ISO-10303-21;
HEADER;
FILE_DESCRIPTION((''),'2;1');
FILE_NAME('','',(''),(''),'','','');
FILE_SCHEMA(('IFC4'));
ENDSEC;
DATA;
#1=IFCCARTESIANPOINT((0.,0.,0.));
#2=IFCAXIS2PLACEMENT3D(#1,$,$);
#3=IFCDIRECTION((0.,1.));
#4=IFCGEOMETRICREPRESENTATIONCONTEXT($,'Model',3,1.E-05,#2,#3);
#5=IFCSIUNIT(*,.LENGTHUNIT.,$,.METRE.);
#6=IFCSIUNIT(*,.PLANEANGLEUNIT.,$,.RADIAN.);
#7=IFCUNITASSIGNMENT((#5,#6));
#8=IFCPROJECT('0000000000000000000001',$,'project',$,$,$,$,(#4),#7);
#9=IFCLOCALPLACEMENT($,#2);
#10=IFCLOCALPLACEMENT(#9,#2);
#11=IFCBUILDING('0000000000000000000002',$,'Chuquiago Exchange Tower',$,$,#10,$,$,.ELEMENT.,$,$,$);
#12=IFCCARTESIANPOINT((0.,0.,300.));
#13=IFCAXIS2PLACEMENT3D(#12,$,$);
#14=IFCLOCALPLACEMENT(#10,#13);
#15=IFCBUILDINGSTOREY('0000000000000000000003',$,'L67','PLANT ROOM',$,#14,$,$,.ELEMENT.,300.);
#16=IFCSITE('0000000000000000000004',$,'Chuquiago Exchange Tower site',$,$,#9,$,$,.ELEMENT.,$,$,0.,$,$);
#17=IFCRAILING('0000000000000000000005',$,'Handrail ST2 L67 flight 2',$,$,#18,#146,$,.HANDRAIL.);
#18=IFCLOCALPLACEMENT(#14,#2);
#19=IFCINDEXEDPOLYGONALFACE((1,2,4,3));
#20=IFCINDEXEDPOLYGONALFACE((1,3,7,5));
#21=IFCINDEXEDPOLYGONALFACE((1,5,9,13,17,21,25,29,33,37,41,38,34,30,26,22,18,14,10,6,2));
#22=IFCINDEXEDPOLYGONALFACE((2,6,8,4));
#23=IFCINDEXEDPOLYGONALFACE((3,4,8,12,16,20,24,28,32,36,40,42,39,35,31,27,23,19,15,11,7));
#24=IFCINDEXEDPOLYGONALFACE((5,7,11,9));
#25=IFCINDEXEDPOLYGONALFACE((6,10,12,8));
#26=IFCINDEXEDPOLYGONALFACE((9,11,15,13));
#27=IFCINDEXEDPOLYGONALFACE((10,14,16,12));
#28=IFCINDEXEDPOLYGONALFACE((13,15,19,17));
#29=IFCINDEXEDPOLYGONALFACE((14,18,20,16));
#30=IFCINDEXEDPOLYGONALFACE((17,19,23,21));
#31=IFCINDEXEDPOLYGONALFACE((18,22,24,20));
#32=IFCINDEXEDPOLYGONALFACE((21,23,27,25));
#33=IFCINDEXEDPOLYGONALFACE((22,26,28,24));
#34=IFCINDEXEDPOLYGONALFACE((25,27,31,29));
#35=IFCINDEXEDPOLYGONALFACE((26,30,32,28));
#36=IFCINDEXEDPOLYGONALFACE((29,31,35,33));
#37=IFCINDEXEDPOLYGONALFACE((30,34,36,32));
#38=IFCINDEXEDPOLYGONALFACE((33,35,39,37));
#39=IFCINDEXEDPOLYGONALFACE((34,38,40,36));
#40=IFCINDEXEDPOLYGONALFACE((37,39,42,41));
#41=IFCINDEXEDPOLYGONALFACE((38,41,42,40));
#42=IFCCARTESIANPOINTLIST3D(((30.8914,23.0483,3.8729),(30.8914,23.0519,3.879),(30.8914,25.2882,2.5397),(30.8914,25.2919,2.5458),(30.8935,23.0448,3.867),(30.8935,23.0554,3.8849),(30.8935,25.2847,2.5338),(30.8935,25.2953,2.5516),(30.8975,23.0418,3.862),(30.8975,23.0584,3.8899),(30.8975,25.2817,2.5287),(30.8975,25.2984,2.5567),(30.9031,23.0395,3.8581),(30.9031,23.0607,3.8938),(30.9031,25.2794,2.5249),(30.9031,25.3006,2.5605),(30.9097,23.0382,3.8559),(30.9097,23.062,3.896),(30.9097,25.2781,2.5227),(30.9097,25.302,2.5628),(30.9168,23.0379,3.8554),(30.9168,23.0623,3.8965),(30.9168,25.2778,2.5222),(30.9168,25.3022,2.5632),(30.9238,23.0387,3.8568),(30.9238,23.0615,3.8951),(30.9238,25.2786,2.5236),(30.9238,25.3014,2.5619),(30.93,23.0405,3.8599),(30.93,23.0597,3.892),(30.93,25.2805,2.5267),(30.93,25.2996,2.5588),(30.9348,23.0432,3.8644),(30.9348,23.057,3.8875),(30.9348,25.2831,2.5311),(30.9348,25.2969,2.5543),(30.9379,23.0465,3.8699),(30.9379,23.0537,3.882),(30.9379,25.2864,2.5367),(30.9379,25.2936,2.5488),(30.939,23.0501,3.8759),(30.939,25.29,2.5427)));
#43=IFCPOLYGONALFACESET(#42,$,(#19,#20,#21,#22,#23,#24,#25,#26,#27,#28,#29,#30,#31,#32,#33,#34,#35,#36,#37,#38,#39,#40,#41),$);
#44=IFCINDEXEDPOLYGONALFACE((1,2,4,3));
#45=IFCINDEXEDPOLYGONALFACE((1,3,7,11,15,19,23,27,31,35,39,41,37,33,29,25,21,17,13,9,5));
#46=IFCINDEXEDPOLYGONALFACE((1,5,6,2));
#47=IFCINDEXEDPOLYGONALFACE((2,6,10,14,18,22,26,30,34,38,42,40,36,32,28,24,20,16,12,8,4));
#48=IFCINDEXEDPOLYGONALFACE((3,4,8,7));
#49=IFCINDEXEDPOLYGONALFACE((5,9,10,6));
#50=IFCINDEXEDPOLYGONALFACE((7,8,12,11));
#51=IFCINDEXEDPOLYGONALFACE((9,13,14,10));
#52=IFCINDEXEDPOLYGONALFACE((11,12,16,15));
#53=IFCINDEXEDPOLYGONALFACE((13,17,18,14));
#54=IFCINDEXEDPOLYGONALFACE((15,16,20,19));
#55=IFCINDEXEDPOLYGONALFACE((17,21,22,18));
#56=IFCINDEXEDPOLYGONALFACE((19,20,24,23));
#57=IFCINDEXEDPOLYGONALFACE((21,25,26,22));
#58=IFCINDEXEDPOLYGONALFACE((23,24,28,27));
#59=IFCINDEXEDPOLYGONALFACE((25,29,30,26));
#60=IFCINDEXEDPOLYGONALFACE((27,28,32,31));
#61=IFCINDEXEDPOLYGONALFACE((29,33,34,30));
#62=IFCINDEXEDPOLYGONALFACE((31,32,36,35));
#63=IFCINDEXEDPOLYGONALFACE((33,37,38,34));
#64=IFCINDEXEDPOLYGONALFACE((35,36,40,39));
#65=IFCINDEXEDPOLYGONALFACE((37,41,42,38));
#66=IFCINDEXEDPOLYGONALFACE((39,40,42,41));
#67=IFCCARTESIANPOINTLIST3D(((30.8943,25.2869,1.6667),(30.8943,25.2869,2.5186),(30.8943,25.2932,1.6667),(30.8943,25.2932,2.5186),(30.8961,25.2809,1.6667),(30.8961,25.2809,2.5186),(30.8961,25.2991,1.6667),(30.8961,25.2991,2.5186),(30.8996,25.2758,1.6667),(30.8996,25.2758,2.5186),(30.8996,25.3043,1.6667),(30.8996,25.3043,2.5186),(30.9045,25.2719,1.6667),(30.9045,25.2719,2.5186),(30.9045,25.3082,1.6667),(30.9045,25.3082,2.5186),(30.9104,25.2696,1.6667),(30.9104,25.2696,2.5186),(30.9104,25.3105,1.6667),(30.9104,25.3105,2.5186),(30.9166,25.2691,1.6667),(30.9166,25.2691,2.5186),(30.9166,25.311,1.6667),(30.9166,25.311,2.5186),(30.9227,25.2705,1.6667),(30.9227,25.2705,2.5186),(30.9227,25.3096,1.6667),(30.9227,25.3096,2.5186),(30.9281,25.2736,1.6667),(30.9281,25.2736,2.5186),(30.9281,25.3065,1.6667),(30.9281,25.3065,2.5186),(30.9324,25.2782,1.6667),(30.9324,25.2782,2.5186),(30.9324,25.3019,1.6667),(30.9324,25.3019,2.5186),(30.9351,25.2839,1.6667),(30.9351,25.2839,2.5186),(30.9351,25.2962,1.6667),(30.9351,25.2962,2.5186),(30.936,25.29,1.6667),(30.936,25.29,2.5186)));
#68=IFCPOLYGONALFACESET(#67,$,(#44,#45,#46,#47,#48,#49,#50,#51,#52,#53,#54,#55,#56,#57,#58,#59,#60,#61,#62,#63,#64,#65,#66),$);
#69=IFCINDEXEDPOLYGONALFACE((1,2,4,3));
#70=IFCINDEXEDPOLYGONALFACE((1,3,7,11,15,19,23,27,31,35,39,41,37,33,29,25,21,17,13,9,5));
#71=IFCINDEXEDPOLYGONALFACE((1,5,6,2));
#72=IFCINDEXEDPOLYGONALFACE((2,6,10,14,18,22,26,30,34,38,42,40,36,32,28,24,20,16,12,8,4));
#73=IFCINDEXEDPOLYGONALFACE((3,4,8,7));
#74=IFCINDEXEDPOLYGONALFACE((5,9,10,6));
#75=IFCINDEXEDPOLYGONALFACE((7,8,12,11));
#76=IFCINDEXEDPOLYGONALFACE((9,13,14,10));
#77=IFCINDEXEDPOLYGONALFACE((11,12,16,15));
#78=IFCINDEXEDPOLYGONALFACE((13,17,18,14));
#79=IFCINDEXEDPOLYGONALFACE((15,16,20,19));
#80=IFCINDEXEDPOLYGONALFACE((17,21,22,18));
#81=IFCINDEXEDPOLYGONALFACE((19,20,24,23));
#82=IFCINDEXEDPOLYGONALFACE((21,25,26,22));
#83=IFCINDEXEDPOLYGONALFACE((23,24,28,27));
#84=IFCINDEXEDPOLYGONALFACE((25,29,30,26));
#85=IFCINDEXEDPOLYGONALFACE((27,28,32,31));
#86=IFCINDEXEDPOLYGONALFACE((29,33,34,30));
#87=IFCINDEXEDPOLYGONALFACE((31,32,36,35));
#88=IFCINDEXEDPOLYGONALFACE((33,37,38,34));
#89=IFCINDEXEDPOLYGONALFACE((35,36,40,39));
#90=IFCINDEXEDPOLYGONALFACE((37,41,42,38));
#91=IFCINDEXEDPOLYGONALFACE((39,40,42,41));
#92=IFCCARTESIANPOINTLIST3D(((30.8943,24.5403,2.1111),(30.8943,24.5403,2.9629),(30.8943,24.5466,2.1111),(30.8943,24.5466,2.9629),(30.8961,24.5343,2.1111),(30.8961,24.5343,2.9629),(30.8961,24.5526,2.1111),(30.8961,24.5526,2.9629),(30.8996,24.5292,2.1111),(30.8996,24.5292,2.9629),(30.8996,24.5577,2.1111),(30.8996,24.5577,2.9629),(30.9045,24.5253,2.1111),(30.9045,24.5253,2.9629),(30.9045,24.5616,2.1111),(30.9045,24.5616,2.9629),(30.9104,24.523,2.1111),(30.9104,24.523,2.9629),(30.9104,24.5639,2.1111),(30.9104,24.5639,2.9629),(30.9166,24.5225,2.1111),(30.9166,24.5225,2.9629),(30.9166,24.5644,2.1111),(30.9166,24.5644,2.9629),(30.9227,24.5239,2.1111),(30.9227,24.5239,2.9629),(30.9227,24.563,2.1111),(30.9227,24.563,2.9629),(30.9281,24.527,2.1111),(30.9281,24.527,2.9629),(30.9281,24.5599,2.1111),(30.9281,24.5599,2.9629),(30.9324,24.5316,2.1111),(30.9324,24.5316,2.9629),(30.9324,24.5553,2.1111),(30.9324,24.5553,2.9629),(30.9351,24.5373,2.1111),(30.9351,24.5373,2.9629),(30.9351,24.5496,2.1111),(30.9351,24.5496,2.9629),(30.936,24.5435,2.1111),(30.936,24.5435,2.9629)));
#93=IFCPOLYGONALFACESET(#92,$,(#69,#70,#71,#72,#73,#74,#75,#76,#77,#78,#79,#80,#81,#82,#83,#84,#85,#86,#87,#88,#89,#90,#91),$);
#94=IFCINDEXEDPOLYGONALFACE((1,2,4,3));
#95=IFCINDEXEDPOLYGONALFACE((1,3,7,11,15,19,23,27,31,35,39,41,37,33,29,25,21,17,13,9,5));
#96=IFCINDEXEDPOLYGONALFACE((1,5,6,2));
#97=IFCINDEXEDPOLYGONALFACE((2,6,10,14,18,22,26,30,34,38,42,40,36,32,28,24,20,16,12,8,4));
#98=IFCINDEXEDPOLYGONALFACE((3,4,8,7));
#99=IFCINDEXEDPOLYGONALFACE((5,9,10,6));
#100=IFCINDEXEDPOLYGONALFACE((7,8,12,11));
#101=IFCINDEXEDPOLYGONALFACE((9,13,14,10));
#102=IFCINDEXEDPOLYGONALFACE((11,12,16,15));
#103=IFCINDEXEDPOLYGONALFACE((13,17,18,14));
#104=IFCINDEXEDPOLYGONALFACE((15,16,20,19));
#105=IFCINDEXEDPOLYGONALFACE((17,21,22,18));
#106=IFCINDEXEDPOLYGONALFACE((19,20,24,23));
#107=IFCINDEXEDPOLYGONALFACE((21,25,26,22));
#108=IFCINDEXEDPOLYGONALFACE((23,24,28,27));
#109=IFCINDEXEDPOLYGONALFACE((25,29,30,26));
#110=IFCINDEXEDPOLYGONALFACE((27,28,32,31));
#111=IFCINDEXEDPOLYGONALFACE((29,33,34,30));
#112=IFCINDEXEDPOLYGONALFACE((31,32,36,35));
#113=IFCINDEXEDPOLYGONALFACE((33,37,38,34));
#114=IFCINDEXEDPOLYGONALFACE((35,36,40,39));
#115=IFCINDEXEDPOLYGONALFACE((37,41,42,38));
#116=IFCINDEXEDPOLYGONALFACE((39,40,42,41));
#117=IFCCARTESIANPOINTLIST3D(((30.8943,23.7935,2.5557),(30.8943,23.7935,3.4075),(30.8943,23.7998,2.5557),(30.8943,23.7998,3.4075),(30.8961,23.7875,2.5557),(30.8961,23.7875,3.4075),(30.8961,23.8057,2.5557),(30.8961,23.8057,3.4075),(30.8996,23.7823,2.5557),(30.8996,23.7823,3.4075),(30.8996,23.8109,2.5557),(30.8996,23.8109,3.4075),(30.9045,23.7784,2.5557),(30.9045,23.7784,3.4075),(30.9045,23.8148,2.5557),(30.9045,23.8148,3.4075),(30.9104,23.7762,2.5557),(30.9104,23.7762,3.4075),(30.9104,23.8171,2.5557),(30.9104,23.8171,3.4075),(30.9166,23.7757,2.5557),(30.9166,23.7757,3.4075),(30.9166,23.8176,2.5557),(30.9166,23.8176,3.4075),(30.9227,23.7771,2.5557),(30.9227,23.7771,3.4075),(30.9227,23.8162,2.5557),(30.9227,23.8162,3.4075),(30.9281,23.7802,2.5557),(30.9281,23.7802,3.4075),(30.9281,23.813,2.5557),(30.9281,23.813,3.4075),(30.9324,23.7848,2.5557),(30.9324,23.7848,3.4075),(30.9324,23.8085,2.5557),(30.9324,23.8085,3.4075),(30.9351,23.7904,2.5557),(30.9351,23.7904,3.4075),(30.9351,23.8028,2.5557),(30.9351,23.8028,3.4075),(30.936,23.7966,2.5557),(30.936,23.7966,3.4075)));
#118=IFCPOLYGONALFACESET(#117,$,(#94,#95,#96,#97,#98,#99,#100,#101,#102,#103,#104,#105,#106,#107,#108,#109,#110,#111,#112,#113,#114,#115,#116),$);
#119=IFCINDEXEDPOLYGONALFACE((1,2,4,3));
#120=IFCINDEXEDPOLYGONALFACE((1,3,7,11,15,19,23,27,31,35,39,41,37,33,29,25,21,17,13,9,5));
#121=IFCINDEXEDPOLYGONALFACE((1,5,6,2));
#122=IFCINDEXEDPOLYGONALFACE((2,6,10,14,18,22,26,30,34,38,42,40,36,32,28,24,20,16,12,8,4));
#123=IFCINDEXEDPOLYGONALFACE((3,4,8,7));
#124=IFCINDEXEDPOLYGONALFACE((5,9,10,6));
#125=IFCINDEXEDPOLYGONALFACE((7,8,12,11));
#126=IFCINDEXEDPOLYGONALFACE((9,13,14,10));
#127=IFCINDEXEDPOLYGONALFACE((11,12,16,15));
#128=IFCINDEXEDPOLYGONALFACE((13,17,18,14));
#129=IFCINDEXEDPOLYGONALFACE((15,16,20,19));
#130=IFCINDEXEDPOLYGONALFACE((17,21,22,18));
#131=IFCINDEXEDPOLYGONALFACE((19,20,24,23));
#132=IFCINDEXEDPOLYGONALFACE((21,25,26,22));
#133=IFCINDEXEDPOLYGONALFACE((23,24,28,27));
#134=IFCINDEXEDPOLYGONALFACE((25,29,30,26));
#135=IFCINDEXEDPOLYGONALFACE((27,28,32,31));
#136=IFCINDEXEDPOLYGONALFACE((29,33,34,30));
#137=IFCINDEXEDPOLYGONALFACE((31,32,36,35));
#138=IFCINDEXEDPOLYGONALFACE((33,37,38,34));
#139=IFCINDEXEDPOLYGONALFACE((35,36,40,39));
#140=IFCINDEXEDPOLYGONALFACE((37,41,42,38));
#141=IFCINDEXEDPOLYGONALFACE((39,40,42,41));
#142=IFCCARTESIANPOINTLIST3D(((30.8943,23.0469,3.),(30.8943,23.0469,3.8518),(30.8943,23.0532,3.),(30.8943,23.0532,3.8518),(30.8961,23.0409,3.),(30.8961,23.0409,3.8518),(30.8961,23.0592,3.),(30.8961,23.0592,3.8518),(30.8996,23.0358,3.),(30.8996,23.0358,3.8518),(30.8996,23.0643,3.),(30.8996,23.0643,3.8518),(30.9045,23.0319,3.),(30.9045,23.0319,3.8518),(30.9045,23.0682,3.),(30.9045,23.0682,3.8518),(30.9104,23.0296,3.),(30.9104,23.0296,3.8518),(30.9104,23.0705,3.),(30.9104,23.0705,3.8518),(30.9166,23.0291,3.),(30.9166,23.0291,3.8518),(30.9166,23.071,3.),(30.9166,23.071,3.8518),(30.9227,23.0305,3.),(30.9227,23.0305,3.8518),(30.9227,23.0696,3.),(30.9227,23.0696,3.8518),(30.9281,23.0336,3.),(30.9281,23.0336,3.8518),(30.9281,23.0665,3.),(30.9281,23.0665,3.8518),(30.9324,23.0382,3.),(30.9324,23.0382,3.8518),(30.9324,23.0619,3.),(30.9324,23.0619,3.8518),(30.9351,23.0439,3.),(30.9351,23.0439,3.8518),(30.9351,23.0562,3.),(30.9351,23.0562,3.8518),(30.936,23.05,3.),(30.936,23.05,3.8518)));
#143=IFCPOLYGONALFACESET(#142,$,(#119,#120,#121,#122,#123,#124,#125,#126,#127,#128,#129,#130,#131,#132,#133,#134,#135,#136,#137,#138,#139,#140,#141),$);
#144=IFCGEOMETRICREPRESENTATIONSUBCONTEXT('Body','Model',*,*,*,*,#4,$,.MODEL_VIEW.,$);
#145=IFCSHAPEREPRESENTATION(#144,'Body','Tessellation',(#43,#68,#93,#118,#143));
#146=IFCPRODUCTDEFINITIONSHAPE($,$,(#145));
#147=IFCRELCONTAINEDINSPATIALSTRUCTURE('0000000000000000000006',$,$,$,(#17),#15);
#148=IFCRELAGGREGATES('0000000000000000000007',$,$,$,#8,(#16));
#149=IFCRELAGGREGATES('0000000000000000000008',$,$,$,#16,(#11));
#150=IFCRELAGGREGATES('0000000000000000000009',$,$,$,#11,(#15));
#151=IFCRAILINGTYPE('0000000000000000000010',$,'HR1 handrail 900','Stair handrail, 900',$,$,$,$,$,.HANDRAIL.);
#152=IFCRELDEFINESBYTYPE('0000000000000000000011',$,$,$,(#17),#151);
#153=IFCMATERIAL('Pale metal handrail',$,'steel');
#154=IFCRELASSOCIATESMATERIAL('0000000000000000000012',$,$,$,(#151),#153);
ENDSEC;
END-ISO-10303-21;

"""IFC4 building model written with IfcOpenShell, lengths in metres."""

from ifc_helpers import new_model, si_unit, direction, frame, origin, origin_2d, place, context, subcontext, project, spatial, circle, extrude, material, type_object, element, save


model = new_model("IFC4")

# Units and contexts
model_context = context("Model", 3, precision=1e-05, world=origin(), true_north=direction((0.0, 1.0)))
body_context = subcontext(model_context, "Body", "Model", "MODEL_VIEW")
ifc_project = project(units=[si_unit("LENGTHUNIT", "METRE"), si_unit("PLANEANGLEUNIT", "RADIAN")], contexts=[model_context])

# Site, building, storey
site_placement = place(None, origin())
site = spatial("IfcSite", under=ifc_project, at=site_placement, Name="Chuquiago Exchange Tower site", CompositionType="ELEMENT", RefElevation=0.0)
building_placement = place(site_placement, origin())
building = spatial("IfcBuilding", under=site, at=building_placement, Name="Chuquiago Exchange Tower", CompositionType="ELEMENT")
storey_placement = place(building_placement, frame((0.0, 0.0, 300.0)))
storey = spatial("IfcBuildingStorey", under=building, at=storey_placement, Name="L67", Description="PLANT ROOM", CompositionType="ELEMENT", Elevation=300.0)

# Railing
ifc_material_1 = material(Name="Pale metal handrail", Category="steel")
railing_type_1 = type_object("IfcRailingType", Name="HR1 handrail 900", Description="Stair handrail, 900", PredefinedType="HANDRAIL", material=ifc_material_1)
for number, where, name in (
    (1, (30.915, 25.29, 1.6667), "Handrail ST2 L67 flight 2"),
):
    element("IfcRailing", number, at=place(storey_placement, frame(where)), inside=storey, type_object=railing_type_1, Name=name, PredefinedType="HANDRAIL", context=body_context, shape_type="SweptSolid", body=[
        extrude(circle(Radius=0.0239, at=origin_2d()), frame((0.0, 0.0, 0.876), z_axis=(0.0, -0.859306, 0.511462), x_axis=(1.0, 0.0, 0.0)), (0.0, 0.0, 1.0), 2.6067),
        extrude(circle(Radius=0.021, at=origin_2d()), origin(), (0.0, 0.0, 1.0), 0.8518),
        extrude(circle(Radius=0.021, at=origin_2d()), frame((0.0, -0.7466, 0.4443)), (0.0, 0.0, 1.0), 0.8518),
        extrude(circle(Radius=0.021, at=origin_2d()), frame((0.0, -1.4934, 0.8889)), (0.0, 0.0, 1.0), 0.8518),
        extrude(circle(Radius=0.021, at=origin_2d()), frame((0.0, -2.24, 1.3333)), (0.0, 0.0, 1.0), 0.8518),
    ])

save(model, "model.ifc")
